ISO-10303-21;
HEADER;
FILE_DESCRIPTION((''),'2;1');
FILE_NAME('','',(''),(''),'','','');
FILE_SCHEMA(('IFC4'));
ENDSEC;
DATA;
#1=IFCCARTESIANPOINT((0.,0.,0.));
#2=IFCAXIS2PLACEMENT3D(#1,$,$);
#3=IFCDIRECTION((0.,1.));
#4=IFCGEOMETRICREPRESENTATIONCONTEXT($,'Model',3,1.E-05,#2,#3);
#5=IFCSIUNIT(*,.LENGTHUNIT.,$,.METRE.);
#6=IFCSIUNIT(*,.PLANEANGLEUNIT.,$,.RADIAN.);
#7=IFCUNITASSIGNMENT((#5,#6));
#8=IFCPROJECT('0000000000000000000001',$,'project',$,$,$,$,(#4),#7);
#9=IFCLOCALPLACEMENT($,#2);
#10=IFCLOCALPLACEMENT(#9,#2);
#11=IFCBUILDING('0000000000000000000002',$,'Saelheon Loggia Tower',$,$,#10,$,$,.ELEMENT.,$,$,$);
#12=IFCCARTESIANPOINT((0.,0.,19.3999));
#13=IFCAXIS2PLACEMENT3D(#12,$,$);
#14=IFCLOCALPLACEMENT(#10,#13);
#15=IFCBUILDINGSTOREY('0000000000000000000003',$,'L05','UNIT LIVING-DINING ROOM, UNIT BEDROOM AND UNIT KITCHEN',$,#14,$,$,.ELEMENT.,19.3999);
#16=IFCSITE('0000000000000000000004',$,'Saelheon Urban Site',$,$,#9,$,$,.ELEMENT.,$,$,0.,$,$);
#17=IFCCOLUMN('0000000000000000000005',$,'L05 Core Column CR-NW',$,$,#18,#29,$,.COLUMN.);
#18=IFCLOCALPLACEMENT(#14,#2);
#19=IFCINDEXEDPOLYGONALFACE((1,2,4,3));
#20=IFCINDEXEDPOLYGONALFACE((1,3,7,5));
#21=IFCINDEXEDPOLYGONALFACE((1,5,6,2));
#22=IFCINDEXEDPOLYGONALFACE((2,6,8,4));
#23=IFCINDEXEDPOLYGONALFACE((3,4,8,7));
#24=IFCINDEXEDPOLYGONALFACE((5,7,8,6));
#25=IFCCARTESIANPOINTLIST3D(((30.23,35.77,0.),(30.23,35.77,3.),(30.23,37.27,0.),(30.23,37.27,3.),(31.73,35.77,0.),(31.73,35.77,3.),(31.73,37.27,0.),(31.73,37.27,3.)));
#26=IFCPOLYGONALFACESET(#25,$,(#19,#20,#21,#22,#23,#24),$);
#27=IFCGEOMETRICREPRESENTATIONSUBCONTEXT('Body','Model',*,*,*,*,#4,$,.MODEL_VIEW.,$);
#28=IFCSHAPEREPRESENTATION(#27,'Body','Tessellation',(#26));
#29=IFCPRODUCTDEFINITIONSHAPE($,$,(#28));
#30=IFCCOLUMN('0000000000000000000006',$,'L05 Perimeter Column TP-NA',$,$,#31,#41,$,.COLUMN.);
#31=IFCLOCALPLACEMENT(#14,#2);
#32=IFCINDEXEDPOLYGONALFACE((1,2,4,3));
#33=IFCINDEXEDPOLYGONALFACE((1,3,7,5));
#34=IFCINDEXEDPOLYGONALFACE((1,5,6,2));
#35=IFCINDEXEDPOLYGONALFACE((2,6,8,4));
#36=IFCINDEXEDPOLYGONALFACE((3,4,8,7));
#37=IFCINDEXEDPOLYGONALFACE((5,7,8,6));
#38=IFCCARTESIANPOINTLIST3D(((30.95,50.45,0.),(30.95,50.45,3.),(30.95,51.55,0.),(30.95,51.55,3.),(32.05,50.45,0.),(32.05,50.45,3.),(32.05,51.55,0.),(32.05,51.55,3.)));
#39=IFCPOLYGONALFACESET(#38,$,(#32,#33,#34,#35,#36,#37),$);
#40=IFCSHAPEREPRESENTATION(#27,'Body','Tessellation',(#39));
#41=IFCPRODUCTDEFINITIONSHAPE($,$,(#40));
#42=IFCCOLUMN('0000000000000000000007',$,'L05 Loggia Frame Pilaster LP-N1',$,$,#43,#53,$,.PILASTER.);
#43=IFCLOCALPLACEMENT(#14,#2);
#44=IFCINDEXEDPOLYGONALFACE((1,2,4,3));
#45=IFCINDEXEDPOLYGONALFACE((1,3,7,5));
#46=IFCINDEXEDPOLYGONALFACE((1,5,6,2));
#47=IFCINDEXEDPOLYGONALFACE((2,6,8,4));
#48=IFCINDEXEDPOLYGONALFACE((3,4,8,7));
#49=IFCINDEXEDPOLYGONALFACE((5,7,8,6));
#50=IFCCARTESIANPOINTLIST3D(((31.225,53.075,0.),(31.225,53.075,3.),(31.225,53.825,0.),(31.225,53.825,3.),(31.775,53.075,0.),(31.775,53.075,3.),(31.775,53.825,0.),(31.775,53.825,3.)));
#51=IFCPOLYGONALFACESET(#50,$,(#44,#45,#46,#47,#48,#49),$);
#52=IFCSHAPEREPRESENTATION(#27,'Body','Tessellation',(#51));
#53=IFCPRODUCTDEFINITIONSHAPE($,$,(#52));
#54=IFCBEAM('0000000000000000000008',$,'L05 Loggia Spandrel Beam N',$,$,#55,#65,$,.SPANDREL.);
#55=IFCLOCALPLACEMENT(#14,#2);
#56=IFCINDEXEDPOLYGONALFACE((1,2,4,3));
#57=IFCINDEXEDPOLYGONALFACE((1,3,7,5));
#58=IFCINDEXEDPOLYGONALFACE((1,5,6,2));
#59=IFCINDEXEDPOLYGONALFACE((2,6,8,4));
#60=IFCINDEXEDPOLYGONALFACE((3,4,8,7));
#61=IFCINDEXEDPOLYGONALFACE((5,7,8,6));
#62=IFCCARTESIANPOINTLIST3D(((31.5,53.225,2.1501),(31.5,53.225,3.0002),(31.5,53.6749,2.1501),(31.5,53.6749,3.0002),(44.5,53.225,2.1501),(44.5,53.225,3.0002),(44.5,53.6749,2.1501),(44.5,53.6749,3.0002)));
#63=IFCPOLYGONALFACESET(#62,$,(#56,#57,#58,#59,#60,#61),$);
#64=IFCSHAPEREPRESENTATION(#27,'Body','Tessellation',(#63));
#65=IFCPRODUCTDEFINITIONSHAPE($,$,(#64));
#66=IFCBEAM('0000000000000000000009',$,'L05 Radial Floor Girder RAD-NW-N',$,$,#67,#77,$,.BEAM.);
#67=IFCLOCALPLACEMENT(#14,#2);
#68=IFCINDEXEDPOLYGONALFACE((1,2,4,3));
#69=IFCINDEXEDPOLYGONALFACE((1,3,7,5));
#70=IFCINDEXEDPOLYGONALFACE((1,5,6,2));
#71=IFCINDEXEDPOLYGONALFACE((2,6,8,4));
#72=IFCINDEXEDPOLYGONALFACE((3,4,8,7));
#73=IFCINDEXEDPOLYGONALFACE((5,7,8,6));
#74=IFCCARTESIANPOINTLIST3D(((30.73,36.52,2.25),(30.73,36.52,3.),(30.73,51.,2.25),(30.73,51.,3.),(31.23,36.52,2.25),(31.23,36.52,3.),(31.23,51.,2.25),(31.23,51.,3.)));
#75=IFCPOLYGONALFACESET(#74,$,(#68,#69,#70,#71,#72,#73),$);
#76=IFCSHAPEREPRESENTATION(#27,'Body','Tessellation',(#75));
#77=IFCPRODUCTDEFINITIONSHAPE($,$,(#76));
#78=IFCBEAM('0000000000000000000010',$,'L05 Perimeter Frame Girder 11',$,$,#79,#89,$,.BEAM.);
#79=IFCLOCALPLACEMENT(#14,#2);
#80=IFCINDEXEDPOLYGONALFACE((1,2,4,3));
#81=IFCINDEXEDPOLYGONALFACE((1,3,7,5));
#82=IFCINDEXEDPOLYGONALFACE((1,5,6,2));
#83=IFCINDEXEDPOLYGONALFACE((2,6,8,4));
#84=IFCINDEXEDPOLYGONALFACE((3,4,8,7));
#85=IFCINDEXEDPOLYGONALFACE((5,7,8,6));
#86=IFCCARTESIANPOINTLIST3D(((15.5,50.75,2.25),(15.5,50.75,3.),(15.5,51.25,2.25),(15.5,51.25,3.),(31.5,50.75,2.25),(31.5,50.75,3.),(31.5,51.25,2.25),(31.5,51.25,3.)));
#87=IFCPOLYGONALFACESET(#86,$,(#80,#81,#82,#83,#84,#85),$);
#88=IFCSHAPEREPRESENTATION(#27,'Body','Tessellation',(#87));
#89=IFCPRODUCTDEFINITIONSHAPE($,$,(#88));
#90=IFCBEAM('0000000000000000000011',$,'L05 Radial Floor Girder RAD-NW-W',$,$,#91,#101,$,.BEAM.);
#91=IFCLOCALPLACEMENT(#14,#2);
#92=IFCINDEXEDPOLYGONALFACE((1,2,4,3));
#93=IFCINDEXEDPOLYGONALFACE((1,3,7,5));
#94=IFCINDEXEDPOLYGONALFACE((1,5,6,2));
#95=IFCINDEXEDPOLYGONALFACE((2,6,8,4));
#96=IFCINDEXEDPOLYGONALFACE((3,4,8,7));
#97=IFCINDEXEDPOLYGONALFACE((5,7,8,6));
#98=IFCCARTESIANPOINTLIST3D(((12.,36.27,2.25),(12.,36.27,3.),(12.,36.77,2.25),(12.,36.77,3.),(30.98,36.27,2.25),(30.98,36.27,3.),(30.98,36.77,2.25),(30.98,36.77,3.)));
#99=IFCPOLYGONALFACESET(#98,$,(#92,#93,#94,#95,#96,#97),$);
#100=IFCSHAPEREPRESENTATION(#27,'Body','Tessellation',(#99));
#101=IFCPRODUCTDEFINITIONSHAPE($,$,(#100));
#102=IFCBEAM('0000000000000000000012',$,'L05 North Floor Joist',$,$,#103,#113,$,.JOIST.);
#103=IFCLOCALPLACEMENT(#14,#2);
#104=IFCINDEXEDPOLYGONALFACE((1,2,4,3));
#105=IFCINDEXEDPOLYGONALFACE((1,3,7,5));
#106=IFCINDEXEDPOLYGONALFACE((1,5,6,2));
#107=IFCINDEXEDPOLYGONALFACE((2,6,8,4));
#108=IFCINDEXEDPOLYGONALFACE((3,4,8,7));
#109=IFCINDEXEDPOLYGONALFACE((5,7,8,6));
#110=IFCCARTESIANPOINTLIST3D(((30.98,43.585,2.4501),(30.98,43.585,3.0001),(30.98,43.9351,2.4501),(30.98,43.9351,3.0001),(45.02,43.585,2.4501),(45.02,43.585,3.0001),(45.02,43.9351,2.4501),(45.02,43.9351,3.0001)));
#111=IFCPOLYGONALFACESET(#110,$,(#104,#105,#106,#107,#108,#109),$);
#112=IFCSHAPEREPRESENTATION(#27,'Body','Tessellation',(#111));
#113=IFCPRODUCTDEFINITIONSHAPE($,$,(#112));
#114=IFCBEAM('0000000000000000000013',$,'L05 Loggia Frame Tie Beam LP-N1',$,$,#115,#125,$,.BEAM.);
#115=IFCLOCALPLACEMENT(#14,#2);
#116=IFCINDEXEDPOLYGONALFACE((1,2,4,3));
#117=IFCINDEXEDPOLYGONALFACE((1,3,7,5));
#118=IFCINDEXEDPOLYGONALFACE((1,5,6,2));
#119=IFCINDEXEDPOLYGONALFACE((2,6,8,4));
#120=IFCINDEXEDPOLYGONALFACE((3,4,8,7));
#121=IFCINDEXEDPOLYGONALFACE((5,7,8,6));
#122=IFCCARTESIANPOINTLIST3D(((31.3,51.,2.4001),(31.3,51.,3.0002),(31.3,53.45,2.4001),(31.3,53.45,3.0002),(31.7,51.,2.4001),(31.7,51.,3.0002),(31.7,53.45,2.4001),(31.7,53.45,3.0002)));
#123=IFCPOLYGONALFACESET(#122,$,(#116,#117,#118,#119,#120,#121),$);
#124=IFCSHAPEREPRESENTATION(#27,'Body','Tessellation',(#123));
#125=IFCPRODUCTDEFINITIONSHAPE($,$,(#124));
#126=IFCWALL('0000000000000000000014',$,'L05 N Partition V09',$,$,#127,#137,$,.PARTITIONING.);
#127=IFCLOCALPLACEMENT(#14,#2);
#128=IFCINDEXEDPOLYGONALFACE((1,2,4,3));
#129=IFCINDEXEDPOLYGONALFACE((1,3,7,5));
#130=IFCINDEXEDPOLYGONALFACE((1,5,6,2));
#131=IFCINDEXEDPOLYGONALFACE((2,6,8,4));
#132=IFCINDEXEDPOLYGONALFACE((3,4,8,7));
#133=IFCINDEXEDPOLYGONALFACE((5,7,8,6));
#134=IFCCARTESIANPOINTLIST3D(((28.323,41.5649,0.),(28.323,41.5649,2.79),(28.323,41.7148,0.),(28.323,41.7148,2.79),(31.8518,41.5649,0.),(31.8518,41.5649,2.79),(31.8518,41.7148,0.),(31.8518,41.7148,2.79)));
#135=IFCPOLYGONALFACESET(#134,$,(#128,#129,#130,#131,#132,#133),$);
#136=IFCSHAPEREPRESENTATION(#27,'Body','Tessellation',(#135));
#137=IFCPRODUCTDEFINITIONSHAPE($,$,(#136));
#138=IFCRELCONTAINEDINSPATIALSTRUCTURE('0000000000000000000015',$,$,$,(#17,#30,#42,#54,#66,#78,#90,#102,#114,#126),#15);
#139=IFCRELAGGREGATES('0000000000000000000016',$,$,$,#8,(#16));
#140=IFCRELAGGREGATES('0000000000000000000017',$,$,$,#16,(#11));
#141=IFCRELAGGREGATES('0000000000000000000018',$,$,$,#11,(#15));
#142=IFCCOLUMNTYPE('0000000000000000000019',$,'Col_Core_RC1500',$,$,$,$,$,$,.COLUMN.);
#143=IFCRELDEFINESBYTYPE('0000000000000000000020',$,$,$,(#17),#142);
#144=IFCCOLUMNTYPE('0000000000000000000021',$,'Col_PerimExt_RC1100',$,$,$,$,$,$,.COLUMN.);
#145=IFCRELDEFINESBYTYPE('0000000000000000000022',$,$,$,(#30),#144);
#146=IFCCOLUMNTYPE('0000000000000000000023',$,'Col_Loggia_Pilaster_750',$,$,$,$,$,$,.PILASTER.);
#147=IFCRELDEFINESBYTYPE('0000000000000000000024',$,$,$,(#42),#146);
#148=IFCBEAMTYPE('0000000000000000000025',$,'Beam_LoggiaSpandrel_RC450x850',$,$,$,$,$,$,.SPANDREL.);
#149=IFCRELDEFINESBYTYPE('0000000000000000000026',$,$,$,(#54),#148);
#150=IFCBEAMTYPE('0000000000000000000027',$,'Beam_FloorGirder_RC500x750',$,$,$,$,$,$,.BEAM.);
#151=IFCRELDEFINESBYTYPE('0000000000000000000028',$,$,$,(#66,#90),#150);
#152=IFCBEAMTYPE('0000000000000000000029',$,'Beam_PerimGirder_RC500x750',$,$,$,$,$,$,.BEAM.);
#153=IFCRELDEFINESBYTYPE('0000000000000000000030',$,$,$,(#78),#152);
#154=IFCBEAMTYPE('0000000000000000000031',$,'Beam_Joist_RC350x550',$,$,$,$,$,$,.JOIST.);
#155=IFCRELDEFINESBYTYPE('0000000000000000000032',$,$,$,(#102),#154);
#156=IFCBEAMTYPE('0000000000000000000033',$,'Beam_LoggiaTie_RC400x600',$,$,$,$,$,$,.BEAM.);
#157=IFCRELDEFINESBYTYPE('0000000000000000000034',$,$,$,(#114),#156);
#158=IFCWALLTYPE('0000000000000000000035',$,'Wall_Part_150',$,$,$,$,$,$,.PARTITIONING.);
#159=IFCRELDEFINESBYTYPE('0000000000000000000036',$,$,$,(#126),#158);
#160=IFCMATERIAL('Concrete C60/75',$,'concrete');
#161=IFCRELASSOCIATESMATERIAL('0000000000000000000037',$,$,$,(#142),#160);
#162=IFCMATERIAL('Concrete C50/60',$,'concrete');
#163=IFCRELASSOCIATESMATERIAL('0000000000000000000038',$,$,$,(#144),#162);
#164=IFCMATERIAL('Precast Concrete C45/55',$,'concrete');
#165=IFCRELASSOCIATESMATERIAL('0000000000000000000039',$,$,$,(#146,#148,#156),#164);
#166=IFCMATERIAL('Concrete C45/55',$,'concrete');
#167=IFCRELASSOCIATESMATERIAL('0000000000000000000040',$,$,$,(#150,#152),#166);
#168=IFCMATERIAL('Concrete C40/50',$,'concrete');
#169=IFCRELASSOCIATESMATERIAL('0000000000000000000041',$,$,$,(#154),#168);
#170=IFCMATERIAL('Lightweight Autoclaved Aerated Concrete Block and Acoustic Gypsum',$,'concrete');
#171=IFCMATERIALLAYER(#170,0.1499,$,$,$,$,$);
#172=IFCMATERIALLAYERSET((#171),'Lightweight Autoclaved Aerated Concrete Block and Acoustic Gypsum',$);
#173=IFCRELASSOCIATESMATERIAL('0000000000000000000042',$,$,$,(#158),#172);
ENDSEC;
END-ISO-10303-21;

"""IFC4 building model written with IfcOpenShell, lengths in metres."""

from ifc_helpers import new_model, si_unit, direction, frame, frame_2d, origin, origin_2d, place, context, subcontext, project, spatial, rectangle, extrude, source, transform, mapped, material, layer, layer_set, material_profile, profile_set, type_object, element, save


model = new_model("IFC4")

# Units and contexts
model_context = context("Model", 3, precision=1e-05, world=origin(), true_north=direction((0.0, 1.0)))
body_context = subcontext(model_context, "Body", "Model", "MODEL_VIEW")
ifc_project = project(units=[si_unit("LENGTHUNIT", "METRE"), si_unit("PLANEANGLEUNIT", "RADIAN")], contexts=[model_context])

# Site, building, storey
site_placement = place(None, origin())
site = spatial("IfcSite", under=ifc_project, at=site_placement, Name="Saelheon Urban Site", CompositionType="ELEMENT", RefElevation=0.0)
building_placement = place(site_placement, origin())
building = spatial("IfcBuilding", under=site, at=building_placement, Name="Saelheon Loggia Tower", CompositionType="ELEMENT")
storey_placement = place(building_placement, frame((0.0, 0.0, 19.3999)))
storey = spatial("IfcBuildingStorey", under=building, at=storey_placement, Name="L05", Description="UNIT LIVING-DINING ROOM, UNIT BEDROOM AND UNIT KITCHEN", CompositionType="ELEMENT", Elevation=19.3999)

# Columns
ifc_material_1 = material(Name="Concrete C60/75", Category="concrete")
ifc_material_profile_1 = material_profile(ifc_material_1, rectangle(XDim=1.5, YDim=1.5, at=origin_2d()), Name="RC-1500x1500")
ifc_profile_set_1 = profile_set([ifc_material_profile_1], Name="Concrete C60/75")
column_type_1 = type_object("IfcColumnType", Name="Col_Core_RC1500", PredefinedType="COLUMN", material=ifc_profile_set_1)
shared_shape_1 = source(origin(), body_context, "Body", "SweptSolid", [
    extrude(rectangle(XDim=1.5, YDim=1.5, at=origin_2d()), origin(), (0.0, 0.0, 1.0), 3.0),
])
column_1_placement = place(storey_placement, frame((30.98, 36.52, 0.0), z_axis=(0.0, 0.0, 1.0), x_axis=(1.0, 0.0, 0.0)))
element("IfcColumn", 1, at=column_1_placement, inside=storey, type_object=column_type_1, Name="L05 Core Column CR-NW", PredefinedType="COLUMN", context=body_context, shape_type="MappedRepresentation", body=[
    mapped(shared_shape_1, transform((0.0, 0.0, 0.0), scale=1.0)),
])
ifc_material_2 = material(Name="Concrete C50/60", Category="concrete")
ifc_material_profile_2 = material_profile(ifc_material_2, rectangle(XDim=1.1001, YDim=1.1001, at=origin_2d()), Name="RC-1100x1100")
ifc_profile_set_2 = profile_set([ifc_material_profile_2], Name="Concrete C50/60")
column_type_2 = type_object("IfcColumnType", Name="Col_PerimExt_RC1100", PredefinedType="COLUMN", material=ifc_profile_set_2)
shared_shape_2 = source(origin(), body_context, "Body", "SweptSolid", [
    extrude(rectangle(XDim=1.1001, YDim=1.1001, at=origin_2d()), origin(), (0.0, 0.0, 1.0), 3.0),
])
column_2_placement = place(storey_placement, frame((31.5, 51.0, 0.0), z_axis=(0.0, 0.0, 1.0), x_axis=(1.0, 0.0, 0.0)))
element("IfcColumn", 2, at=column_2_placement, inside=storey, type_object=column_type_2, Name="L05 Perimeter Column TP-NA", PredefinedType="COLUMN", context=body_context, shape_type="MappedRepresentation", body=[
    mapped(shared_shape_2, transform((0.0, 0.0, 0.0), scale=1.0)),
])
ifc_material_3 = material(Name="Precast Concrete C45/55", Category="concrete")
ifc_material_profile_3 = material_profile(ifc_material_3, rectangle(XDim=0.55, YDim=0.75, at=origin_2d()), Name="RC-550x750")
ifc_profile_set_3 = profile_set([ifc_material_profile_3], Name="Precast Concrete C45/55")
column_type_3 = type_object("IfcColumnType", Name="Col_Loggia_Pilaster_750", PredefinedType="PILASTER", material=ifc_profile_set_3)
shared_shape_3 = source(origin(), body_context, "Body", "SweptSolid", [
    extrude(rectangle(XDim=0.55, YDim=0.75, at=origin_2d()), origin(), (0.0, 0.0, 1.0), 3.0),
])
column_3_placement = place(storey_placement, frame((31.5, 53.45, 0.0), z_axis=(0.0, 0.0, 1.0), x_axis=(1.0, 0.0, 0.0)))
element("IfcColumn", 3, at=column_3_placement, inside=storey, type_object=column_type_3, Name="L05 Loggia Frame Pilaster LP-N1", PredefinedType="PILASTER", context=body_context, shape_type="MappedRepresentation", body=[
    mapped(shared_shape_3, transform((0.0, 0.0, 0.0), scale=1.0)),
])

# Beams
ifc_material_profile_4 = material_profile(ifc_material_3, rectangle(XDim=0.45, YDim=0.8501, at=origin_2d()), Name="RC-450x850")
ifc_profile_set_4 = profile_set([ifc_material_profile_4], Name="Precast Concrete C45/55")
beam_type_1 = type_object("IfcBeamType", Name="Beam_LoggiaSpandrel_RC450x850", PredefinedType="SPANDREL", material=ifc_profile_set_4)
shared_shape_4 = source(origin(), body_context, "Body", "SweptSolid", [
    extrude(rectangle(XDim=0.45, YDim=0.8501, at=origin_2d()), origin(), (0.0, 0.0, 1.0), 13.0),
])
beam_1_placement = place(storey_placement, frame((31.5, 53.45, 2.5752), z_axis=(1.0, 0.0, 0.0), x_axis=(0.0, 1.0, 0.0)))
element("IfcBeam", 4, at=beam_1_placement, inside=storey, type_object=beam_type_1, Name="L05 Loggia Spandrel Beam N", PredefinedType="SPANDREL", context=body_context, shape_type="MappedRepresentation", body=[
    mapped(shared_shape_4, transform((0.0, 0.0, 0.0), scale=1.0)),
])
ifc_material_4 = material(Name="Concrete C45/55", Category="concrete")
ifc_material_profile_5 = material_profile(ifc_material_4, rectangle(XDim=0.5, YDim=0.75, at=origin_2d()), Name="RC-500x750")
ifc_profile_set_5 = profile_set([ifc_material_profile_5], Name="Concrete C45/55")
beam_type_2 = type_object("IfcBeamType", Name="Beam_FloorGirder_RC500x750", PredefinedType="BEAM", material=ifc_profile_set_5)
shared_shape_5 = source(origin(), body_context, "Body", "SweptSolid", [
    extrude(rectangle(XDim=0.5, YDim=0.75, at=origin_2d()), origin(), (0.0, 0.0, 1.0), 14.48),
])
beam_2_placement = place(storey_placement, frame((30.98, 36.52, 2.625), z_axis=(0.0, 1.0, 0.0), x_axis=(-1.0, 0.0, 0.0)))
element("IfcBeam", 5, at=beam_2_placement, inside=storey, type_object=beam_type_2, Name="L05 Radial Floor Girder RAD-NW-N", PredefinedType="BEAM", context=body_context, shape_type="MappedRepresentation", body=[
    mapped(shared_shape_5, transform((0.0, 0.0, 0.0), scale=1.0)),
])
ifc_material_profile_6 = material_profile(ifc_material_4, rectangle(XDim=0.5, YDim=0.75, at=origin_2d()), Name="RC-500x750")
ifc_profile_set_6 = profile_set([ifc_material_profile_6], Name="Concrete C45/55")
beam_type_3 = type_object("IfcBeamType", Name="Beam_PerimGirder_RC500x750", PredefinedType="BEAM", material=ifc_profile_set_6)
shared_shape_6 = source(origin(), body_context, "Body", "SweptSolid", [
    extrude(rectangle(XDim=0.5, YDim=0.75, at=origin_2d()), origin(), (0.0, 0.0, 1.0), 16.0),
])
beam_3_placement = place(storey_placement, frame((31.5, 51.0, 2.625), z_axis=(-1.0, 0.0, 0.0), x_axis=(0.0, -1.0, 0.0)))
element("IfcBeam", 6, at=beam_3_placement, inside=storey, type_object=beam_type_3, Name="L05 Perimeter Frame Girder 11", PredefinedType="BEAM", context=body_context, shape_type="MappedRepresentation", body=[
    mapped(shared_shape_6, transform((0.0, 0.0, 0.0), scale=1.0)),
])
shared_shape_7 = source(origin(), body_context, "Body", "SweptSolid", [
    extrude(rectangle(XDim=0.5, YDim=0.75, at=origin_2d()), origin(), (0.0, 0.0, 1.0), 18.98),
])
beam_4_placement = place(storey_placement, frame((30.98, 36.52, 2.625), z_axis=(-1.0, 0.0, 0.0), x_axis=(0.0, -1.0, 0.0)))
element("IfcBeam", 7, at=beam_4_placement, inside=storey, type_object=beam_type_2, Name="L05 Radial Floor Girder RAD-NW-W", PredefinedType="BEAM", context=body_context, shape_type="MappedRepresentation", body=[
    mapped(shared_shape_7, transform((0.0, 0.0, 0.0), scale=1.0)),
])
ifc_material_5 = material(Name="Concrete C40/50", Category="concrete")
ifc_material_profile_7 = material_profile(ifc_material_5, rectangle(XDim=0.3501, YDim=0.55, at=origin_2d()), Name="RC-350x550")
ifc_profile_set_7 = profile_set([ifc_material_profile_7], Name="Concrete C40/50")
beam_type_4 = type_object("IfcBeamType", Name="Beam_Joist_RC350x550", PredefinedType="JOIST", material=ifc_profile_set_7)
shared_shape_8 = source(origin(), body_context, "Body", "SweptSolid", [
    extrude(rectangle(XDim=0.3501, YDim=0.55, at=origin_2d()), origin(), (0.0, 0.0, 1.0), 14.04),
])
beam_5_placement = place(storey_placement, frame((30.98, 43.76, 2.7251), z_axis=(1.0, 0.0, 0.0), x_axis=(0.0, 1.0, 0.0)))
element("IfcBeam", 8, at=beam_5_placement, inside=storey, type_object=beam_type_4, Name="L05 North Floor Joist", PredefinedType="JOIST", context=body_context, shape_type="MappedRepresentation", body=[
    mapped(shared_shape_8, transform((0.0, 0.0, 0.0), scale=1.0)),
])
ifc_material_profile_8 = material_profile(ifc_material_3, rectangle(XDim=0.3999, YDim=0.6001, at=origin_2d()), Name="RC-400x600")
ifc_profile_set_8 = profile_set([ifc_material_profile_8], Name="Precast Concrete C45/55")
beam_type_5 = type_object("IfcBeamType", Name="Beam_LoggiaTie_RC400x600", PredefinedType="BEAM", material=ifc_profile_set_8)
shared_shape_9 = source(origin(), body_context, "Body", "SweptSolid", [
    extrude(rectangle(XDim=0.3999, YDim=0.6001, at=origin_2d()), origin(), (0.0, 0.0, 1.0), 2.45),
])
beam_6_placement = place(storey_placement, frame((31.5, 51.0, 2.7002), z_axis=(0.0, 1.0, 0.0), x_axis=(-1.0, 0.0, 0.0)))
element("IfcBeam", 9, at=beam_6_placement, inside=storey, type_object=beam_type_5, Name="L05 Loggia Frame Tie Beam LP-N1", PredefinedType="BEAM", context=body_context, shape_type="MappedRepresentation", body=[
    mapped(shared_shape_9, transform((0.0, 0.0, 0.0), scale=1.0)),
])

# Wall
ifc_material_6 = material(Name="Lightweight Autoclaved Aerated Concrete Block and Acoustic Gypsum", Category="concrete")
ifc_layer_1 = layer(ifc_material_6, 0.1499)
ifc_layer_set_1 = layer_set([ifc_layer_1], Name="Lightweight Autoclaved Aerated Concrete Block and Acoustic Gypsum")
wall_type_1 = type_object("IfcWallType", Name="Wall_Part_150", PredefinedType="PARTITIONING", material=ifc_layer_set_1)
wall_1_placement = place(storey_placement, frame((28.323, 41.6399, 0.0), z_axis=(0.0, 0.0, 1.0), x_axis=(1.0, 0.0, 0.0)))
element("IfcWall", 10, at=wall_1_placement, inside=storey, type_object=wall_type_1, Name="L05 N Partition V09", PredefinedType="PARTITIONING", context=body_context, shape_type="SweptSolid", body=[
    extrude(rectangle(XDim=3.5288, YDim=0.1499, at=frame_2d((1.7644, 0.0))), origin(), (0.0, 0.0, 1.0), 2.79),
])

save(model, "model.ifc")
